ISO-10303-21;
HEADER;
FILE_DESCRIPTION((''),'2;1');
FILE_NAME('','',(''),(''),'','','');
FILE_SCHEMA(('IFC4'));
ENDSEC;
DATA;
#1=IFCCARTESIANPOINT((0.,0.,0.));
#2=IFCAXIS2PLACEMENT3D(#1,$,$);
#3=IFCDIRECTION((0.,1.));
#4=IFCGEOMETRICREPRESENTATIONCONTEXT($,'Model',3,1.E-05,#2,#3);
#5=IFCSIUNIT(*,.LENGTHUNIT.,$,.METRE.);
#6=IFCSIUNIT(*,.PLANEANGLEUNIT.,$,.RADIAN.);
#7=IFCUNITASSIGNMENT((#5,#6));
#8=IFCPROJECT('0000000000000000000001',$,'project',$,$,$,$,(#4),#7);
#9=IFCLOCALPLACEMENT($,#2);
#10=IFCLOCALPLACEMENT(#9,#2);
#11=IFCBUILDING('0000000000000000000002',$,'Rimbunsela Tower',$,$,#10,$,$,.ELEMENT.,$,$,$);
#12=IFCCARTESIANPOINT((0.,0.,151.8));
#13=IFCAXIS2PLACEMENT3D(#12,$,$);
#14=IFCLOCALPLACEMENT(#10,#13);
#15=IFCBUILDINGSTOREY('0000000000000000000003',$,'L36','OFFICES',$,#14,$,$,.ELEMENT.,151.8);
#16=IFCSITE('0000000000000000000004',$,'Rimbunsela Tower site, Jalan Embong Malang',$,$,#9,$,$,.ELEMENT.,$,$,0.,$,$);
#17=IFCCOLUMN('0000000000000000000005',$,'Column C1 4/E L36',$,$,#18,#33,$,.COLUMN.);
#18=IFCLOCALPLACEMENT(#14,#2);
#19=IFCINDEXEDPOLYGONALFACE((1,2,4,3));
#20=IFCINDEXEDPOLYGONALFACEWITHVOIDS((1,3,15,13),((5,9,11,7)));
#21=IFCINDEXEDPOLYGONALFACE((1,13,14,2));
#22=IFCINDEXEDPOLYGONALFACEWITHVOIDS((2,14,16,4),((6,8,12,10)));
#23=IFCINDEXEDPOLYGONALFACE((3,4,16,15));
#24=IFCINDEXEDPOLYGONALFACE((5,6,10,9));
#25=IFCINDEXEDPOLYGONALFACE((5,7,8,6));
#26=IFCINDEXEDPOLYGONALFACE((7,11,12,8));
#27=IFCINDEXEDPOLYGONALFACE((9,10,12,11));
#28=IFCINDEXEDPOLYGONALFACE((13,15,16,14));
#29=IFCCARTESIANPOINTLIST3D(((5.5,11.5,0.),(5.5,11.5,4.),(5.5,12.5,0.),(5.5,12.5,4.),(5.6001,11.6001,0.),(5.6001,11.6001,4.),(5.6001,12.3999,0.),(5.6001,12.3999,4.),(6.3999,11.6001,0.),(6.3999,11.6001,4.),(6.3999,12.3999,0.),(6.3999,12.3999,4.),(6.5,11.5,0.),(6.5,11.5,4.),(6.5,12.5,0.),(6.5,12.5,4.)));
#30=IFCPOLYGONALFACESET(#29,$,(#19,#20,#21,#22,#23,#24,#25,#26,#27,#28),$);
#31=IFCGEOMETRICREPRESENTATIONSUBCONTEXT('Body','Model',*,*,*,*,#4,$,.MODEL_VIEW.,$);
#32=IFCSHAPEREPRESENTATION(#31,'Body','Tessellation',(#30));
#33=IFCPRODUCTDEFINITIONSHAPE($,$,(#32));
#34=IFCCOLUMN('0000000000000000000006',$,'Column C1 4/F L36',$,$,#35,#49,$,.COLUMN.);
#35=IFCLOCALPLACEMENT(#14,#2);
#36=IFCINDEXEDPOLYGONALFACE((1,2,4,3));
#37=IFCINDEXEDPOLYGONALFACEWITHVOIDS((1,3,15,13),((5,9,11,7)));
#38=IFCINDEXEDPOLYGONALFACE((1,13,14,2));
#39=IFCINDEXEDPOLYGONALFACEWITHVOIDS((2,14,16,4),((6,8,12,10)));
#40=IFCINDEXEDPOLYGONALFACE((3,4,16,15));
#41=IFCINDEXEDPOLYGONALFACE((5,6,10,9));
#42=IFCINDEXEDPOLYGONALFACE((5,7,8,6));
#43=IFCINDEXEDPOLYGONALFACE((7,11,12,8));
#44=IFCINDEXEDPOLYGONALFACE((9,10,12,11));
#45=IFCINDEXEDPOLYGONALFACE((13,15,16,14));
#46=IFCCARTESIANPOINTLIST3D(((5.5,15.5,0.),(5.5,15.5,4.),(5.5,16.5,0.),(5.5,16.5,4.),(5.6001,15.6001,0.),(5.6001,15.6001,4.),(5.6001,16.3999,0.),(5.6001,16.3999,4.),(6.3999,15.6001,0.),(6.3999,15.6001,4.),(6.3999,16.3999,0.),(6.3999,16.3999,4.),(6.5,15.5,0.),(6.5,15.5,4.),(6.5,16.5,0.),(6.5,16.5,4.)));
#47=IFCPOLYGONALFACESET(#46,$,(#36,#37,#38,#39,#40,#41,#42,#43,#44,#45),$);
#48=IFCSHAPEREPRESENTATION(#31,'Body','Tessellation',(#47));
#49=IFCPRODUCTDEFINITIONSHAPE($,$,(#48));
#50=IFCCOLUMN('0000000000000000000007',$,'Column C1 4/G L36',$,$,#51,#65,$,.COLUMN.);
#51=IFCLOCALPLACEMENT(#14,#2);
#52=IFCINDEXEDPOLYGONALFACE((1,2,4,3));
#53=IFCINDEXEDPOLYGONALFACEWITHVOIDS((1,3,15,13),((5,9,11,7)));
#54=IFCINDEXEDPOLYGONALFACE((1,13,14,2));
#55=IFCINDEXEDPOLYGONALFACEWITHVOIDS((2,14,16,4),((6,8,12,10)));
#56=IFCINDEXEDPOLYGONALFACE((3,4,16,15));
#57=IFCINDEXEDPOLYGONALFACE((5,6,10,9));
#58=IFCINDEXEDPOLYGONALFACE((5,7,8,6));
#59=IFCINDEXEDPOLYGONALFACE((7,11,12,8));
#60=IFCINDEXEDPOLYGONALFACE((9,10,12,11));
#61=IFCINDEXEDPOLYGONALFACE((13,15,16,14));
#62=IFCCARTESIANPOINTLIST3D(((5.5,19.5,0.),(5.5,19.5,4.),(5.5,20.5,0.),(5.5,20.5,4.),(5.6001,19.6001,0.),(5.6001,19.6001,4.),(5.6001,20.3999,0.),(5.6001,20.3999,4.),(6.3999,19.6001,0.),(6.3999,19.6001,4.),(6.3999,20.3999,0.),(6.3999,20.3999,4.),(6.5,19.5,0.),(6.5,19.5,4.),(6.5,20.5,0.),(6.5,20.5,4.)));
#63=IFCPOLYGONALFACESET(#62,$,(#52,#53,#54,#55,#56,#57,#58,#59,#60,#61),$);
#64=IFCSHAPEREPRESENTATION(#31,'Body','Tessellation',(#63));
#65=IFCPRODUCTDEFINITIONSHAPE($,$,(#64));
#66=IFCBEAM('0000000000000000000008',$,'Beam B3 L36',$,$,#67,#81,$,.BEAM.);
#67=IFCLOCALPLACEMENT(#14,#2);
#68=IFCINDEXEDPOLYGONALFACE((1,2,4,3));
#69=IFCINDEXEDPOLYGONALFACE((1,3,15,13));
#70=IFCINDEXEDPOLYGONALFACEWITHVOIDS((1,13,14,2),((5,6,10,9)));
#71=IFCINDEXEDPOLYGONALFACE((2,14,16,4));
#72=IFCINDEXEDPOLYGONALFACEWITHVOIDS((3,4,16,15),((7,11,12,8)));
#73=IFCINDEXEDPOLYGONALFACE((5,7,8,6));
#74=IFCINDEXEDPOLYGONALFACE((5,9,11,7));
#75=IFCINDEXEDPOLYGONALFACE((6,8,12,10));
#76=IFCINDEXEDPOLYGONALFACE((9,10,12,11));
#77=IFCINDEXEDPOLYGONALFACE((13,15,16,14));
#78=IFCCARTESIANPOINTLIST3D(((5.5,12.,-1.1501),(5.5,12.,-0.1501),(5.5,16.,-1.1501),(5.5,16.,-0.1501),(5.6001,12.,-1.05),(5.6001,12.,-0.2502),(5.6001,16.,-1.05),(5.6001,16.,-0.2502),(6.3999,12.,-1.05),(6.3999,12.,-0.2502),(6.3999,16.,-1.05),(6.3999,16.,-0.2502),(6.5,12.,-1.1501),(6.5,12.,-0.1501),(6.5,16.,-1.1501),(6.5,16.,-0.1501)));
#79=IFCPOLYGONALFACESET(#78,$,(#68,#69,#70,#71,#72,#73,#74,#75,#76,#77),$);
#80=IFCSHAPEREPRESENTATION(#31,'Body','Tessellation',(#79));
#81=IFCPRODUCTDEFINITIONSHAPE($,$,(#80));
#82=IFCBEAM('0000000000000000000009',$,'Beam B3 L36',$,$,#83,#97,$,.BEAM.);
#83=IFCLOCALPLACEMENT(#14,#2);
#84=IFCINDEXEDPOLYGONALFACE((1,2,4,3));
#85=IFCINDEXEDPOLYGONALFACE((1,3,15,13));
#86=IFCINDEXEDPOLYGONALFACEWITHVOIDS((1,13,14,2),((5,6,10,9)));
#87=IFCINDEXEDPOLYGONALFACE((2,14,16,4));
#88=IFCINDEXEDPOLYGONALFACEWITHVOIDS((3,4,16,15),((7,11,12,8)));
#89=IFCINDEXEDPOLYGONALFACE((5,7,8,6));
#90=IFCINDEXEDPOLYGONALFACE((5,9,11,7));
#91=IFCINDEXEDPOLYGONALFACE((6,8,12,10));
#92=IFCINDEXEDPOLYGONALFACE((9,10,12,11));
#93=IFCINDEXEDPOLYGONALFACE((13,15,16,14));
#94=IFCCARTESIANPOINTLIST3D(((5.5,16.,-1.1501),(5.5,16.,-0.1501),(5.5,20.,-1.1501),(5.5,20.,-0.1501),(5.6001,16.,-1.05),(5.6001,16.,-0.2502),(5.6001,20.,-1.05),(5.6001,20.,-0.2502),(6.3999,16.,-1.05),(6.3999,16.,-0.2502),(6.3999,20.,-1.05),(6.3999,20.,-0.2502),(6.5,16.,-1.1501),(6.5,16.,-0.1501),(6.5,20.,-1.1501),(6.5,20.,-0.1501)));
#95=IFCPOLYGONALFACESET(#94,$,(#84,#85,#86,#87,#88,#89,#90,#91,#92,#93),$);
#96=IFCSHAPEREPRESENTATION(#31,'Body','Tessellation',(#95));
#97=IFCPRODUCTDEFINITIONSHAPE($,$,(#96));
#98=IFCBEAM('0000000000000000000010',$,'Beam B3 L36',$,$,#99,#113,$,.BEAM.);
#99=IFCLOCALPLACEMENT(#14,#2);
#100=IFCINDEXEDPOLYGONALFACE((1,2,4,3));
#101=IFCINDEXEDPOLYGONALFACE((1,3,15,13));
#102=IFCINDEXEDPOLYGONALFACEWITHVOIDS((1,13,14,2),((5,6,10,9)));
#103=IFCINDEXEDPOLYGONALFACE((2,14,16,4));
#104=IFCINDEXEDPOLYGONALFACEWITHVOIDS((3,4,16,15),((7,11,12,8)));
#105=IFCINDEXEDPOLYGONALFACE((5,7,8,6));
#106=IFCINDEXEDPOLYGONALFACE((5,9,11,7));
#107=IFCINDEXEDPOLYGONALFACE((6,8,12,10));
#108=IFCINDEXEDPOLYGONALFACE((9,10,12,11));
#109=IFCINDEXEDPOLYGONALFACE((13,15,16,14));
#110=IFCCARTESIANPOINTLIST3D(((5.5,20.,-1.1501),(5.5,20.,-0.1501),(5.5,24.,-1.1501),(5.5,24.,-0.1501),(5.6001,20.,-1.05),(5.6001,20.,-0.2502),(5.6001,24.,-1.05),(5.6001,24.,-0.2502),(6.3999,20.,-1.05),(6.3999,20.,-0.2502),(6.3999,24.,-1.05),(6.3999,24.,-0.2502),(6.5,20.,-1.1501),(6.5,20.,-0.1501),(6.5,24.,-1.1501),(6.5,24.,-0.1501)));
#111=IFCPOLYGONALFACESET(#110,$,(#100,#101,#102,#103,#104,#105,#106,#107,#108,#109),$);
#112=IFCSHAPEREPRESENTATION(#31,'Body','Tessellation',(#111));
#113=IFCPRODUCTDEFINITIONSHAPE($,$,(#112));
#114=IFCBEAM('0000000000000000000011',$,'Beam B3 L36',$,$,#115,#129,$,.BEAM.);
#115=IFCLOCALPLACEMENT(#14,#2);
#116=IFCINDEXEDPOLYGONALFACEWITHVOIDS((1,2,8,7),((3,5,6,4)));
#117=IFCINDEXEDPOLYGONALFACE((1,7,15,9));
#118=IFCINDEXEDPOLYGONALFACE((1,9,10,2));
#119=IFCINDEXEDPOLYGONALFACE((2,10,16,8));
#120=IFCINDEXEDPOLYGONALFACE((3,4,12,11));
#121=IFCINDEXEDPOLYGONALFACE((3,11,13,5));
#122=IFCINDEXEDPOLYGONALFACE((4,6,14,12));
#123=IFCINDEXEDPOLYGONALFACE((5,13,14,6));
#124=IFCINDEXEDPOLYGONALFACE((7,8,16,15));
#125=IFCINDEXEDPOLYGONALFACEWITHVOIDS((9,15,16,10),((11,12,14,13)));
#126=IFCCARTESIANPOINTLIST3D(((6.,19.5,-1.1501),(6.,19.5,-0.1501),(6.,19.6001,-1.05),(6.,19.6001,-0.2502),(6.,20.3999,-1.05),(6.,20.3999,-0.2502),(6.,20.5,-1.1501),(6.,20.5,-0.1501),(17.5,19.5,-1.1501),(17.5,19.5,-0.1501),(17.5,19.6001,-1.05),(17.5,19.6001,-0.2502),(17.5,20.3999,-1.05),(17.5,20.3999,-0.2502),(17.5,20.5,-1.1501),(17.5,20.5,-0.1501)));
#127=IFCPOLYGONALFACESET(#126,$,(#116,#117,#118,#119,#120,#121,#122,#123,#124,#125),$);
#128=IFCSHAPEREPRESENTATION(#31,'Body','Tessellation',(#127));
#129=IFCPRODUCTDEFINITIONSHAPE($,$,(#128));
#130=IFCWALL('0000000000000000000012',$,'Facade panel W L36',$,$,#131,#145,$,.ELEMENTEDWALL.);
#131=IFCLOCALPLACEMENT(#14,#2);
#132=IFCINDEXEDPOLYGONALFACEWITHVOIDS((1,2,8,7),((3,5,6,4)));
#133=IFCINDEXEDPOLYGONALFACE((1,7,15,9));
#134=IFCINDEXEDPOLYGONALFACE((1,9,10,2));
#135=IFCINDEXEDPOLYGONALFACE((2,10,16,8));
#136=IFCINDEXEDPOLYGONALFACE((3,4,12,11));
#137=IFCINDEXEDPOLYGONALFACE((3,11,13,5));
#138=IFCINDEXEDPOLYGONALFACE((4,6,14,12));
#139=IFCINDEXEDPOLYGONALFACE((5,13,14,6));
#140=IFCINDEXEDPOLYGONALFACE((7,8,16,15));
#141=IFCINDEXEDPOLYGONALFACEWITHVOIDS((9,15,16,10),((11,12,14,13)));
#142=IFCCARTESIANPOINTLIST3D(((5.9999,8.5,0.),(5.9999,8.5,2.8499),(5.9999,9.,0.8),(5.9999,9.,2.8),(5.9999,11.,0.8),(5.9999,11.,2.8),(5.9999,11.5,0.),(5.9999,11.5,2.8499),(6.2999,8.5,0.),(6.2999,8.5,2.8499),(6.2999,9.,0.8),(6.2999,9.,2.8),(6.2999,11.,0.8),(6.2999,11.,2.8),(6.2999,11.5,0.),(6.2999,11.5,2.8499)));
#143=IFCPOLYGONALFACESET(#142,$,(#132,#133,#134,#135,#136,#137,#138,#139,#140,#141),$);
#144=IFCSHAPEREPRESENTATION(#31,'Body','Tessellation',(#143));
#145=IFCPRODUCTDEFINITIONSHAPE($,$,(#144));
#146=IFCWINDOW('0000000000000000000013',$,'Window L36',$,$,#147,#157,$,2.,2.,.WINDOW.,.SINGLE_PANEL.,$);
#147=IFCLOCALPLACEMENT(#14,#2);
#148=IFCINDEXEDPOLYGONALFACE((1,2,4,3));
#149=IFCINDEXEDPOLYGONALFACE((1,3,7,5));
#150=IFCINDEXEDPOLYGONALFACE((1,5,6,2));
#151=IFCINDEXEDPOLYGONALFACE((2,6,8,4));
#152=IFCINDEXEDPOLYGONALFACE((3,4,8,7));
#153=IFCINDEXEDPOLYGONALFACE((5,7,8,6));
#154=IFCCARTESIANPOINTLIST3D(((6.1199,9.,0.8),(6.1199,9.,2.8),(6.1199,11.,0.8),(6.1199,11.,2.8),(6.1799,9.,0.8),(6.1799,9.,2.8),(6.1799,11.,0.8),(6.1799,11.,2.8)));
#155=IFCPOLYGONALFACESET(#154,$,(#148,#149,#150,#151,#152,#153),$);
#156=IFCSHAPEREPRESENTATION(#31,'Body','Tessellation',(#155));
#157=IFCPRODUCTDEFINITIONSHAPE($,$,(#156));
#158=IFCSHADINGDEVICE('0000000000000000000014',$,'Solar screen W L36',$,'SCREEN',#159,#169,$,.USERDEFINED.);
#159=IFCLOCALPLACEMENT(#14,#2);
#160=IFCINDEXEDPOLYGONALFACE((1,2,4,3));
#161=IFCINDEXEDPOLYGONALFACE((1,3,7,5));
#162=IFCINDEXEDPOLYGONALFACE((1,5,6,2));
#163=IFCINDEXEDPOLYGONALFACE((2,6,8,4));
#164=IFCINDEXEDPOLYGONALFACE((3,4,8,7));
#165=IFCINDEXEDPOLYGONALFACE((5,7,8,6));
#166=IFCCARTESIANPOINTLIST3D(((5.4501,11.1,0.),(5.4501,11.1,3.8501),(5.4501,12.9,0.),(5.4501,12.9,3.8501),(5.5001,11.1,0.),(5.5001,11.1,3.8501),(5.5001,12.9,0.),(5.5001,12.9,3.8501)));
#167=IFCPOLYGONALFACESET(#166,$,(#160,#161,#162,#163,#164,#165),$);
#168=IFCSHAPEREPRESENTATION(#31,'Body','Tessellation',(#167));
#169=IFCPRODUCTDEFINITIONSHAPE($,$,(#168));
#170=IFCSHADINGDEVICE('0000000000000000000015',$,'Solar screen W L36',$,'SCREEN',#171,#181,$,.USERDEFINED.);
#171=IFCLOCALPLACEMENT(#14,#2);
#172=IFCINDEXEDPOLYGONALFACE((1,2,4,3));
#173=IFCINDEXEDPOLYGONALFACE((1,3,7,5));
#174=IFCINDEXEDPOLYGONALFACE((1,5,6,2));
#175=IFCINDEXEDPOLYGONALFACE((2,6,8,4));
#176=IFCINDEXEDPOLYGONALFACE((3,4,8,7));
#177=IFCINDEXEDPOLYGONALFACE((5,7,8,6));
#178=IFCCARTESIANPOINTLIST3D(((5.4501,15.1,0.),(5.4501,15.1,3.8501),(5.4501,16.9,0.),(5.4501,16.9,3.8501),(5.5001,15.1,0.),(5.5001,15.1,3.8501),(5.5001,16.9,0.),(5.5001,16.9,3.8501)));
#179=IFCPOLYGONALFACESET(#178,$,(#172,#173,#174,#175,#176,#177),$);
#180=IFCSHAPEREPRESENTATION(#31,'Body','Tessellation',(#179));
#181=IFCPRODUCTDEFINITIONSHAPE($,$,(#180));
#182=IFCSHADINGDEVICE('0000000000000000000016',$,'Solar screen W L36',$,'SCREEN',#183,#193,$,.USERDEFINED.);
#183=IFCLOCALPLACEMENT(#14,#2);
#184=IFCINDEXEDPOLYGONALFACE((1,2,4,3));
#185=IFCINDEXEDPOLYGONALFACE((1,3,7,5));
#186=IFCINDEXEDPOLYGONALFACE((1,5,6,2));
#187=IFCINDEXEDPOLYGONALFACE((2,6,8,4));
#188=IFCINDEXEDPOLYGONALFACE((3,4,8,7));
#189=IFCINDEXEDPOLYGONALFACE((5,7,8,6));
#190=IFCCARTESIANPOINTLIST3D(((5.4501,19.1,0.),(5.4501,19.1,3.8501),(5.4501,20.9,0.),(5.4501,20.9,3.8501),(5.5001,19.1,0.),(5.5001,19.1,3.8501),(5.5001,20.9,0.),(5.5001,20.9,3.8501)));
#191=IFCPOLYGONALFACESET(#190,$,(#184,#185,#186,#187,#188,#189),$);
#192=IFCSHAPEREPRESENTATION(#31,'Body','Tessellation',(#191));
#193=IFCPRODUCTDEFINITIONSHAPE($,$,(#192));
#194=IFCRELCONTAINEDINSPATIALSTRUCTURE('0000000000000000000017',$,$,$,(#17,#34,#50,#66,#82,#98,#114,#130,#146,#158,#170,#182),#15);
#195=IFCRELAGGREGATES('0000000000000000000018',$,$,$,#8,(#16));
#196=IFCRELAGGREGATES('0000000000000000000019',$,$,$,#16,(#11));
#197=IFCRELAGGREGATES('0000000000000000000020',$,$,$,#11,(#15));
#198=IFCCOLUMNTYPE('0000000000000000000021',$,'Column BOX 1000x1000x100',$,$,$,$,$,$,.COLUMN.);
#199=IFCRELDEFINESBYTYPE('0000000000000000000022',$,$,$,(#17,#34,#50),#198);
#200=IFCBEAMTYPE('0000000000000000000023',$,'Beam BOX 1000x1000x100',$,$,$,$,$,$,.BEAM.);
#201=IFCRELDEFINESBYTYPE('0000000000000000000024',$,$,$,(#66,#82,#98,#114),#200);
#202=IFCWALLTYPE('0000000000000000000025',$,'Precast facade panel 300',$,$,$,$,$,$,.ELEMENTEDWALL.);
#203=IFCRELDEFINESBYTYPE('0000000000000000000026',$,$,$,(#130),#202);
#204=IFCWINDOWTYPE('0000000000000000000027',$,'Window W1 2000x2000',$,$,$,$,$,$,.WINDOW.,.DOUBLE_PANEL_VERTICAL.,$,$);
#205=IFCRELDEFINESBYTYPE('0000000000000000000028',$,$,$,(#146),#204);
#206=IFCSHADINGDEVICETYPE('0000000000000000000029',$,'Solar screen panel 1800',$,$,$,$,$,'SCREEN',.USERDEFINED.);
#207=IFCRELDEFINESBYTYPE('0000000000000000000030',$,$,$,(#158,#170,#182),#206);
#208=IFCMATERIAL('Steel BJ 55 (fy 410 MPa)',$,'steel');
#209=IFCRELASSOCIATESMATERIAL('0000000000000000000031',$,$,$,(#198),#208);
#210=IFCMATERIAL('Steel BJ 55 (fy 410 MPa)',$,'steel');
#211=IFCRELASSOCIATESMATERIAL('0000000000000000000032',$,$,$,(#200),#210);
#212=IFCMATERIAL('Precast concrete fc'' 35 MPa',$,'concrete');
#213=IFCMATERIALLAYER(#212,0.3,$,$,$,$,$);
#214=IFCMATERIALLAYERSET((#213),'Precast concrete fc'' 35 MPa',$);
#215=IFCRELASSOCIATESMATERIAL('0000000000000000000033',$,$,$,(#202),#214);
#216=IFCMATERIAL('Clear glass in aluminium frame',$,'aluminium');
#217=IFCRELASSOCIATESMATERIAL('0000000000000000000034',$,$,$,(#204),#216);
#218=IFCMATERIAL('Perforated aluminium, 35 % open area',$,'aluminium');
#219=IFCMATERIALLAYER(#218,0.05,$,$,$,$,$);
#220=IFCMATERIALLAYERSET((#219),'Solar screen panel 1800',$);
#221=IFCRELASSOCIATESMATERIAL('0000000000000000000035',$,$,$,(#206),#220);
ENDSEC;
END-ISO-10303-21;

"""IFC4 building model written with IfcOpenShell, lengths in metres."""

from ifc_helpers import new_model, si_unit, direction, frame, frame_2d, origin, origin_2d, place, context, subcontext, project, spatial, rectangle, hollow_rectangle, extrude, material, layer, layer_set, material_profile, profile_set, type_object, element, fill, save


model = new_model("IFC4")

# Units and contexts
model_context = context("Model", 3, precision=1e-05, world=origin(), true_north=direction((0.0, 1.0)))
body_context = subcontext(model_context, "Body", "Model", "MODEL_VIEW")
ifc_project = project(units=[si_unit("LENGTHUNIT", "METRE"), si_unit("PLANEANGLEUNIT", "RADIAN")], contexts=[model_context])

# Site, building, storey
site_placement = place(None, origin())
site = spatial("IfcSite", under=ifc_project, at=site_placement, Name="Rimbunsela Tower site, Jalan Embong Malang", CompositionType="ELEMENT", RefElevation=0.0)
building_placement = place(site_placement, origin())
building = spatial("IfcBuilding", under=site, at=building_placement, Name="Rimbunsela Tower", CompositionType="ELEMENT")
storey_placement = place(building_placement, frame((0.0, 0.0, 151.8)))
storey = spatial("IfcBuildingStorey", under=building, at=storey_placement, Name="L36", Description="OFFICES", CompositionType="ELEMENT", Elevation=151.8)

# Columns
ifc_material_1 = material(Name="Steel BJ 55 (fy 410 MPa)", Category="steel")
ifc_material_profile_1 = material_profile(ifc_material_1, hollow_rectangle(XDim=1.0, YDim=1.0, WallThickness=0.1001, at=origin_2d()), Name="BOX 1000x1000x100")
ifc_profile_set_1 = profile_set([ifc_material_profile_1], Name="Steel BJ 55 (fy 410 MPa)")
column_type = type_object("IfcColumnType", Name="Column BOX 1000x1000x100", PredefinedType="COLUMN", material=ifc_profile_set_1)
for number, where, z_axis, x_axis, name in (
    (1, (6.0, 12.0, 0.0), (0.0, 0.0, 1.0), (1.0, 0.0, 0.0), "Column C1 4/E L36"),
    (2, (6.0, 16.0, 0.0), (0.0, 0.0, 1.0), (1.0, 0.0, 0.0), "Column C1 4/F L36"),
    (3, (6.0, 20.0, 0.0), (0.0, 0.0, 1.0), (1.0, 0.0, 0.0), "Column C1 4/G L36"),
):
    element("IfcColumn", number, at=place(storey_placement, frame(where, z_axis=z_axis, x_axis=x_axis)), inside=storey, type_object=column_type, Name=name, PredefinedType="COLUMN", context=body_context, shape_type="SweptSolid", body=[
        extrude(hollow_rectangle(XDim=1.0, YDim=1.0, WallThickness=0.1001, at=origin_2d()), origin(), (0.0, 0.0, 1.0), 4.0),
    ])

# Beams
ifc_material_2 = material(Name="Steel BJ 55 (fy 410 MPa)", Category="steel")
ifc_material_profile_2 = material_profile(ifc_material_2, hollow_rectangle(XDim=1.0, YDim=1.0, WallThickness=0.1001, at=origin_2d()), Name="BOX 1000x1000x100")
ifc_profile_set_2 = profile_set([ifc_material_profile_2], Name="Steel BJ 55 (fy 410 MPa)")
beam_type = type_object("IfcBeamType", Name="Beam BOX 1000x1000x100", PredefinedType="BEAM", material=ifc_profile_set_2)
for number, where, z_axis, x_axis, name in (
    (4, (6.0, 12.0, -0.6501), (0.0, 1.0, 0.0), (-1.0, 0.0, 0.0), "Beam B3 L36"),
    (5, (6.0, 16.0, -0.6501), (0.0, 1.0, 0.0), (-1.0, 0.0, 0.0), "Beam B3 L36"),
    (6, (6.0, 20.0, -0.6501), (0.0, 1.0, 0.0), (-1.0, 0.0, 0.0), "Beam B3 L36"),
):
    element("IfcBeam", number, at=place(storey_placement, frame(where, z_axis=z_axis, x_axis=x_axis)), inside=storey, type_object=beam_type, Name=name, PredefinedType="BEAM", context=body_context, shape_type="SweptSolid", body=[
        extrude(hollow_rectangle(XDim=1.0, YDim=1.0, WallThickness=0.1001, at=origin_2d()), origin(), (0.0, 0.0, 1.0), 4.0),
    ])
beam_placement = place(storey_placement, frame((6.0, 20.0, -0.6501), z_axis=(1.0, 0.0, 0.0), x_axis=(0.0, 1.0, 0.0)))
element("IfcBeam", 7, at=beam_placement, inside=storey, type_object=beam_type, Name="Beam B3 L36", PredefinedType="BEAM", context=body_context, shape_type="SweptSolid", body=[
    extrude(hollow_rectangle(XDim=1.0, YDim=1.0, WallThickness=0.1001, at=origin_2d()), origin(), (0.0, 0.0, 1.0), 11.5),
])

# Wall, opening, window
ifc_material_3 = material(Name="Precast concrete fc' 35 MPa", Category="concrete")
ifc_layer_1 = layer(ifc_material_3, 0.3)
ifc_layer_set_1 = layer_set([ifc_layer_1], Name="Precast concrete fc' 35 MPa")
wall_type = type_object("IfcWallType", Name="Precast facade panel 300", PredefinedType="ELEMENTEDWALL", material=ifc_layer_set_1)
wall_placement = place(storey_placement, frame((6.1499, 11.5, 0.0), z_axis=(0.0, 0.0, 1.0), x_axis=(0.0, -1.0, 0.0)))
wall = element("IfcWall", 8, at=wall_placement, inside=storey, type_object=wall_type, Name="Facade panel W L36", PredefinedType="ELEMENTEDWALL", context=body_context, shape_type="SweptSolid", body=[
    extrude(rectangle(XDim=3.0, YDim=0.3, at=frame_2d((1.5, 0.0))), origin(), (0.0, 0.0, 1.0), 2.8499),
])
opening_placement = place(wall_placement, frame((0.5, 0.0, 0.8)))
opening = element("IfcOpeningElement", 9, at=opening_placement, cuts=wall, PredefinedType="OPENING", context=body_context, shape_type="SweptSolid", body=[
    extrude(rectangle(XDim=2.0, YDim=2.0, at=frame_2d((1.0, 1.0))), frame((0.0, 0.1599, 0.0), z_axis=(0.0, -1.0, 0.0), x_axis=(1.0, 0.0, 0.0)), (0.0, 0.0, 1.0), 0.3201),
])
ifc_material_4 = material(Name="Clear glass in aluminium frame", Category="aluminium")
window_type = type_object("IfcWindowType", Name="Window W1 2000x2000", PartitioningType="DOUBLE_PANEL_VERTICAL", PredefinedType="WINDOW", material=ifc_material_4)
window_placement = place(opening_placement, origin())
window = element("IfcWindow", 10, at=window_placement, inside=storey, type_object=window_type, Name="Window L36", OverallHeight=2.0, OverallWidth=2.0, PartitioningType="SINGLE_PANEL", PredefinedType="WINDOW", context=body_context, shape_type="SweptSolid", body=[
    extrude(rectangle(XDim=2.0, YDim=2.0, at=frame_2d((1.0, 1.0))), frame((0.0, 0.03, 0.0), z_axis=(0.0, -1.0, 0.0), x_axis=(1.0, 0.0, 0.0)), (0.0, 0.0, 1.0), 0.0601),
])
fill(opening, window)

# Shading devices
ifc_material_5 = material(Name="Perforated aluminium, 35 % open area", Category="aluminium")
ifc_layer_2 = layer(ifc_material_5, 0.05)
ifc_layer_set_2 = layer_set([ifc_layer_2], Name="Solar screen panel 1800")
shading_device_type = type_object("IfcShadingDeviceType", Name="Solar screen panel 1800", ElementType="SCREEN", PredefinedType="USERDEFINED", material=ifc_layer_set_2)
for number, where, z_axis, x_axis, name in (
    (11, (5.4751, 12.0, 0.0), (0.0, 0.0, 1.0), (0.0, 1.0, 0.0), "Solar screen W L36"),
    (12, (5.4751, 16.0, 0.0), (0.0, 0.0, 1.0), (0.0, 1.0, 0.0), "Solar screen W L36"),
    (13, (5.4751, 20.0, 0.0), (0.0, 0.0, 1.0), (0.0, 1.0, 0.0), "Solar screen W L36"),
):
    element("IfcShadingDevice", number, at=place(storey_placement, frame(where, z_axis=z_axis, x_axis=x_axis)), inside=storey, type_object=shading_device_type, Name=name, ObjectType="SCREEN", PredefinedType="USERDEFINED", context=body_context, shape_type="SweptSolid", body=[
        extrude(rectangle(XDim=1.8, YDim=0.05, at=origin_2d()), origin(), (0.0, 0.0, 1.0), 3.8501),
    ])

save(model, "model.ifc")
